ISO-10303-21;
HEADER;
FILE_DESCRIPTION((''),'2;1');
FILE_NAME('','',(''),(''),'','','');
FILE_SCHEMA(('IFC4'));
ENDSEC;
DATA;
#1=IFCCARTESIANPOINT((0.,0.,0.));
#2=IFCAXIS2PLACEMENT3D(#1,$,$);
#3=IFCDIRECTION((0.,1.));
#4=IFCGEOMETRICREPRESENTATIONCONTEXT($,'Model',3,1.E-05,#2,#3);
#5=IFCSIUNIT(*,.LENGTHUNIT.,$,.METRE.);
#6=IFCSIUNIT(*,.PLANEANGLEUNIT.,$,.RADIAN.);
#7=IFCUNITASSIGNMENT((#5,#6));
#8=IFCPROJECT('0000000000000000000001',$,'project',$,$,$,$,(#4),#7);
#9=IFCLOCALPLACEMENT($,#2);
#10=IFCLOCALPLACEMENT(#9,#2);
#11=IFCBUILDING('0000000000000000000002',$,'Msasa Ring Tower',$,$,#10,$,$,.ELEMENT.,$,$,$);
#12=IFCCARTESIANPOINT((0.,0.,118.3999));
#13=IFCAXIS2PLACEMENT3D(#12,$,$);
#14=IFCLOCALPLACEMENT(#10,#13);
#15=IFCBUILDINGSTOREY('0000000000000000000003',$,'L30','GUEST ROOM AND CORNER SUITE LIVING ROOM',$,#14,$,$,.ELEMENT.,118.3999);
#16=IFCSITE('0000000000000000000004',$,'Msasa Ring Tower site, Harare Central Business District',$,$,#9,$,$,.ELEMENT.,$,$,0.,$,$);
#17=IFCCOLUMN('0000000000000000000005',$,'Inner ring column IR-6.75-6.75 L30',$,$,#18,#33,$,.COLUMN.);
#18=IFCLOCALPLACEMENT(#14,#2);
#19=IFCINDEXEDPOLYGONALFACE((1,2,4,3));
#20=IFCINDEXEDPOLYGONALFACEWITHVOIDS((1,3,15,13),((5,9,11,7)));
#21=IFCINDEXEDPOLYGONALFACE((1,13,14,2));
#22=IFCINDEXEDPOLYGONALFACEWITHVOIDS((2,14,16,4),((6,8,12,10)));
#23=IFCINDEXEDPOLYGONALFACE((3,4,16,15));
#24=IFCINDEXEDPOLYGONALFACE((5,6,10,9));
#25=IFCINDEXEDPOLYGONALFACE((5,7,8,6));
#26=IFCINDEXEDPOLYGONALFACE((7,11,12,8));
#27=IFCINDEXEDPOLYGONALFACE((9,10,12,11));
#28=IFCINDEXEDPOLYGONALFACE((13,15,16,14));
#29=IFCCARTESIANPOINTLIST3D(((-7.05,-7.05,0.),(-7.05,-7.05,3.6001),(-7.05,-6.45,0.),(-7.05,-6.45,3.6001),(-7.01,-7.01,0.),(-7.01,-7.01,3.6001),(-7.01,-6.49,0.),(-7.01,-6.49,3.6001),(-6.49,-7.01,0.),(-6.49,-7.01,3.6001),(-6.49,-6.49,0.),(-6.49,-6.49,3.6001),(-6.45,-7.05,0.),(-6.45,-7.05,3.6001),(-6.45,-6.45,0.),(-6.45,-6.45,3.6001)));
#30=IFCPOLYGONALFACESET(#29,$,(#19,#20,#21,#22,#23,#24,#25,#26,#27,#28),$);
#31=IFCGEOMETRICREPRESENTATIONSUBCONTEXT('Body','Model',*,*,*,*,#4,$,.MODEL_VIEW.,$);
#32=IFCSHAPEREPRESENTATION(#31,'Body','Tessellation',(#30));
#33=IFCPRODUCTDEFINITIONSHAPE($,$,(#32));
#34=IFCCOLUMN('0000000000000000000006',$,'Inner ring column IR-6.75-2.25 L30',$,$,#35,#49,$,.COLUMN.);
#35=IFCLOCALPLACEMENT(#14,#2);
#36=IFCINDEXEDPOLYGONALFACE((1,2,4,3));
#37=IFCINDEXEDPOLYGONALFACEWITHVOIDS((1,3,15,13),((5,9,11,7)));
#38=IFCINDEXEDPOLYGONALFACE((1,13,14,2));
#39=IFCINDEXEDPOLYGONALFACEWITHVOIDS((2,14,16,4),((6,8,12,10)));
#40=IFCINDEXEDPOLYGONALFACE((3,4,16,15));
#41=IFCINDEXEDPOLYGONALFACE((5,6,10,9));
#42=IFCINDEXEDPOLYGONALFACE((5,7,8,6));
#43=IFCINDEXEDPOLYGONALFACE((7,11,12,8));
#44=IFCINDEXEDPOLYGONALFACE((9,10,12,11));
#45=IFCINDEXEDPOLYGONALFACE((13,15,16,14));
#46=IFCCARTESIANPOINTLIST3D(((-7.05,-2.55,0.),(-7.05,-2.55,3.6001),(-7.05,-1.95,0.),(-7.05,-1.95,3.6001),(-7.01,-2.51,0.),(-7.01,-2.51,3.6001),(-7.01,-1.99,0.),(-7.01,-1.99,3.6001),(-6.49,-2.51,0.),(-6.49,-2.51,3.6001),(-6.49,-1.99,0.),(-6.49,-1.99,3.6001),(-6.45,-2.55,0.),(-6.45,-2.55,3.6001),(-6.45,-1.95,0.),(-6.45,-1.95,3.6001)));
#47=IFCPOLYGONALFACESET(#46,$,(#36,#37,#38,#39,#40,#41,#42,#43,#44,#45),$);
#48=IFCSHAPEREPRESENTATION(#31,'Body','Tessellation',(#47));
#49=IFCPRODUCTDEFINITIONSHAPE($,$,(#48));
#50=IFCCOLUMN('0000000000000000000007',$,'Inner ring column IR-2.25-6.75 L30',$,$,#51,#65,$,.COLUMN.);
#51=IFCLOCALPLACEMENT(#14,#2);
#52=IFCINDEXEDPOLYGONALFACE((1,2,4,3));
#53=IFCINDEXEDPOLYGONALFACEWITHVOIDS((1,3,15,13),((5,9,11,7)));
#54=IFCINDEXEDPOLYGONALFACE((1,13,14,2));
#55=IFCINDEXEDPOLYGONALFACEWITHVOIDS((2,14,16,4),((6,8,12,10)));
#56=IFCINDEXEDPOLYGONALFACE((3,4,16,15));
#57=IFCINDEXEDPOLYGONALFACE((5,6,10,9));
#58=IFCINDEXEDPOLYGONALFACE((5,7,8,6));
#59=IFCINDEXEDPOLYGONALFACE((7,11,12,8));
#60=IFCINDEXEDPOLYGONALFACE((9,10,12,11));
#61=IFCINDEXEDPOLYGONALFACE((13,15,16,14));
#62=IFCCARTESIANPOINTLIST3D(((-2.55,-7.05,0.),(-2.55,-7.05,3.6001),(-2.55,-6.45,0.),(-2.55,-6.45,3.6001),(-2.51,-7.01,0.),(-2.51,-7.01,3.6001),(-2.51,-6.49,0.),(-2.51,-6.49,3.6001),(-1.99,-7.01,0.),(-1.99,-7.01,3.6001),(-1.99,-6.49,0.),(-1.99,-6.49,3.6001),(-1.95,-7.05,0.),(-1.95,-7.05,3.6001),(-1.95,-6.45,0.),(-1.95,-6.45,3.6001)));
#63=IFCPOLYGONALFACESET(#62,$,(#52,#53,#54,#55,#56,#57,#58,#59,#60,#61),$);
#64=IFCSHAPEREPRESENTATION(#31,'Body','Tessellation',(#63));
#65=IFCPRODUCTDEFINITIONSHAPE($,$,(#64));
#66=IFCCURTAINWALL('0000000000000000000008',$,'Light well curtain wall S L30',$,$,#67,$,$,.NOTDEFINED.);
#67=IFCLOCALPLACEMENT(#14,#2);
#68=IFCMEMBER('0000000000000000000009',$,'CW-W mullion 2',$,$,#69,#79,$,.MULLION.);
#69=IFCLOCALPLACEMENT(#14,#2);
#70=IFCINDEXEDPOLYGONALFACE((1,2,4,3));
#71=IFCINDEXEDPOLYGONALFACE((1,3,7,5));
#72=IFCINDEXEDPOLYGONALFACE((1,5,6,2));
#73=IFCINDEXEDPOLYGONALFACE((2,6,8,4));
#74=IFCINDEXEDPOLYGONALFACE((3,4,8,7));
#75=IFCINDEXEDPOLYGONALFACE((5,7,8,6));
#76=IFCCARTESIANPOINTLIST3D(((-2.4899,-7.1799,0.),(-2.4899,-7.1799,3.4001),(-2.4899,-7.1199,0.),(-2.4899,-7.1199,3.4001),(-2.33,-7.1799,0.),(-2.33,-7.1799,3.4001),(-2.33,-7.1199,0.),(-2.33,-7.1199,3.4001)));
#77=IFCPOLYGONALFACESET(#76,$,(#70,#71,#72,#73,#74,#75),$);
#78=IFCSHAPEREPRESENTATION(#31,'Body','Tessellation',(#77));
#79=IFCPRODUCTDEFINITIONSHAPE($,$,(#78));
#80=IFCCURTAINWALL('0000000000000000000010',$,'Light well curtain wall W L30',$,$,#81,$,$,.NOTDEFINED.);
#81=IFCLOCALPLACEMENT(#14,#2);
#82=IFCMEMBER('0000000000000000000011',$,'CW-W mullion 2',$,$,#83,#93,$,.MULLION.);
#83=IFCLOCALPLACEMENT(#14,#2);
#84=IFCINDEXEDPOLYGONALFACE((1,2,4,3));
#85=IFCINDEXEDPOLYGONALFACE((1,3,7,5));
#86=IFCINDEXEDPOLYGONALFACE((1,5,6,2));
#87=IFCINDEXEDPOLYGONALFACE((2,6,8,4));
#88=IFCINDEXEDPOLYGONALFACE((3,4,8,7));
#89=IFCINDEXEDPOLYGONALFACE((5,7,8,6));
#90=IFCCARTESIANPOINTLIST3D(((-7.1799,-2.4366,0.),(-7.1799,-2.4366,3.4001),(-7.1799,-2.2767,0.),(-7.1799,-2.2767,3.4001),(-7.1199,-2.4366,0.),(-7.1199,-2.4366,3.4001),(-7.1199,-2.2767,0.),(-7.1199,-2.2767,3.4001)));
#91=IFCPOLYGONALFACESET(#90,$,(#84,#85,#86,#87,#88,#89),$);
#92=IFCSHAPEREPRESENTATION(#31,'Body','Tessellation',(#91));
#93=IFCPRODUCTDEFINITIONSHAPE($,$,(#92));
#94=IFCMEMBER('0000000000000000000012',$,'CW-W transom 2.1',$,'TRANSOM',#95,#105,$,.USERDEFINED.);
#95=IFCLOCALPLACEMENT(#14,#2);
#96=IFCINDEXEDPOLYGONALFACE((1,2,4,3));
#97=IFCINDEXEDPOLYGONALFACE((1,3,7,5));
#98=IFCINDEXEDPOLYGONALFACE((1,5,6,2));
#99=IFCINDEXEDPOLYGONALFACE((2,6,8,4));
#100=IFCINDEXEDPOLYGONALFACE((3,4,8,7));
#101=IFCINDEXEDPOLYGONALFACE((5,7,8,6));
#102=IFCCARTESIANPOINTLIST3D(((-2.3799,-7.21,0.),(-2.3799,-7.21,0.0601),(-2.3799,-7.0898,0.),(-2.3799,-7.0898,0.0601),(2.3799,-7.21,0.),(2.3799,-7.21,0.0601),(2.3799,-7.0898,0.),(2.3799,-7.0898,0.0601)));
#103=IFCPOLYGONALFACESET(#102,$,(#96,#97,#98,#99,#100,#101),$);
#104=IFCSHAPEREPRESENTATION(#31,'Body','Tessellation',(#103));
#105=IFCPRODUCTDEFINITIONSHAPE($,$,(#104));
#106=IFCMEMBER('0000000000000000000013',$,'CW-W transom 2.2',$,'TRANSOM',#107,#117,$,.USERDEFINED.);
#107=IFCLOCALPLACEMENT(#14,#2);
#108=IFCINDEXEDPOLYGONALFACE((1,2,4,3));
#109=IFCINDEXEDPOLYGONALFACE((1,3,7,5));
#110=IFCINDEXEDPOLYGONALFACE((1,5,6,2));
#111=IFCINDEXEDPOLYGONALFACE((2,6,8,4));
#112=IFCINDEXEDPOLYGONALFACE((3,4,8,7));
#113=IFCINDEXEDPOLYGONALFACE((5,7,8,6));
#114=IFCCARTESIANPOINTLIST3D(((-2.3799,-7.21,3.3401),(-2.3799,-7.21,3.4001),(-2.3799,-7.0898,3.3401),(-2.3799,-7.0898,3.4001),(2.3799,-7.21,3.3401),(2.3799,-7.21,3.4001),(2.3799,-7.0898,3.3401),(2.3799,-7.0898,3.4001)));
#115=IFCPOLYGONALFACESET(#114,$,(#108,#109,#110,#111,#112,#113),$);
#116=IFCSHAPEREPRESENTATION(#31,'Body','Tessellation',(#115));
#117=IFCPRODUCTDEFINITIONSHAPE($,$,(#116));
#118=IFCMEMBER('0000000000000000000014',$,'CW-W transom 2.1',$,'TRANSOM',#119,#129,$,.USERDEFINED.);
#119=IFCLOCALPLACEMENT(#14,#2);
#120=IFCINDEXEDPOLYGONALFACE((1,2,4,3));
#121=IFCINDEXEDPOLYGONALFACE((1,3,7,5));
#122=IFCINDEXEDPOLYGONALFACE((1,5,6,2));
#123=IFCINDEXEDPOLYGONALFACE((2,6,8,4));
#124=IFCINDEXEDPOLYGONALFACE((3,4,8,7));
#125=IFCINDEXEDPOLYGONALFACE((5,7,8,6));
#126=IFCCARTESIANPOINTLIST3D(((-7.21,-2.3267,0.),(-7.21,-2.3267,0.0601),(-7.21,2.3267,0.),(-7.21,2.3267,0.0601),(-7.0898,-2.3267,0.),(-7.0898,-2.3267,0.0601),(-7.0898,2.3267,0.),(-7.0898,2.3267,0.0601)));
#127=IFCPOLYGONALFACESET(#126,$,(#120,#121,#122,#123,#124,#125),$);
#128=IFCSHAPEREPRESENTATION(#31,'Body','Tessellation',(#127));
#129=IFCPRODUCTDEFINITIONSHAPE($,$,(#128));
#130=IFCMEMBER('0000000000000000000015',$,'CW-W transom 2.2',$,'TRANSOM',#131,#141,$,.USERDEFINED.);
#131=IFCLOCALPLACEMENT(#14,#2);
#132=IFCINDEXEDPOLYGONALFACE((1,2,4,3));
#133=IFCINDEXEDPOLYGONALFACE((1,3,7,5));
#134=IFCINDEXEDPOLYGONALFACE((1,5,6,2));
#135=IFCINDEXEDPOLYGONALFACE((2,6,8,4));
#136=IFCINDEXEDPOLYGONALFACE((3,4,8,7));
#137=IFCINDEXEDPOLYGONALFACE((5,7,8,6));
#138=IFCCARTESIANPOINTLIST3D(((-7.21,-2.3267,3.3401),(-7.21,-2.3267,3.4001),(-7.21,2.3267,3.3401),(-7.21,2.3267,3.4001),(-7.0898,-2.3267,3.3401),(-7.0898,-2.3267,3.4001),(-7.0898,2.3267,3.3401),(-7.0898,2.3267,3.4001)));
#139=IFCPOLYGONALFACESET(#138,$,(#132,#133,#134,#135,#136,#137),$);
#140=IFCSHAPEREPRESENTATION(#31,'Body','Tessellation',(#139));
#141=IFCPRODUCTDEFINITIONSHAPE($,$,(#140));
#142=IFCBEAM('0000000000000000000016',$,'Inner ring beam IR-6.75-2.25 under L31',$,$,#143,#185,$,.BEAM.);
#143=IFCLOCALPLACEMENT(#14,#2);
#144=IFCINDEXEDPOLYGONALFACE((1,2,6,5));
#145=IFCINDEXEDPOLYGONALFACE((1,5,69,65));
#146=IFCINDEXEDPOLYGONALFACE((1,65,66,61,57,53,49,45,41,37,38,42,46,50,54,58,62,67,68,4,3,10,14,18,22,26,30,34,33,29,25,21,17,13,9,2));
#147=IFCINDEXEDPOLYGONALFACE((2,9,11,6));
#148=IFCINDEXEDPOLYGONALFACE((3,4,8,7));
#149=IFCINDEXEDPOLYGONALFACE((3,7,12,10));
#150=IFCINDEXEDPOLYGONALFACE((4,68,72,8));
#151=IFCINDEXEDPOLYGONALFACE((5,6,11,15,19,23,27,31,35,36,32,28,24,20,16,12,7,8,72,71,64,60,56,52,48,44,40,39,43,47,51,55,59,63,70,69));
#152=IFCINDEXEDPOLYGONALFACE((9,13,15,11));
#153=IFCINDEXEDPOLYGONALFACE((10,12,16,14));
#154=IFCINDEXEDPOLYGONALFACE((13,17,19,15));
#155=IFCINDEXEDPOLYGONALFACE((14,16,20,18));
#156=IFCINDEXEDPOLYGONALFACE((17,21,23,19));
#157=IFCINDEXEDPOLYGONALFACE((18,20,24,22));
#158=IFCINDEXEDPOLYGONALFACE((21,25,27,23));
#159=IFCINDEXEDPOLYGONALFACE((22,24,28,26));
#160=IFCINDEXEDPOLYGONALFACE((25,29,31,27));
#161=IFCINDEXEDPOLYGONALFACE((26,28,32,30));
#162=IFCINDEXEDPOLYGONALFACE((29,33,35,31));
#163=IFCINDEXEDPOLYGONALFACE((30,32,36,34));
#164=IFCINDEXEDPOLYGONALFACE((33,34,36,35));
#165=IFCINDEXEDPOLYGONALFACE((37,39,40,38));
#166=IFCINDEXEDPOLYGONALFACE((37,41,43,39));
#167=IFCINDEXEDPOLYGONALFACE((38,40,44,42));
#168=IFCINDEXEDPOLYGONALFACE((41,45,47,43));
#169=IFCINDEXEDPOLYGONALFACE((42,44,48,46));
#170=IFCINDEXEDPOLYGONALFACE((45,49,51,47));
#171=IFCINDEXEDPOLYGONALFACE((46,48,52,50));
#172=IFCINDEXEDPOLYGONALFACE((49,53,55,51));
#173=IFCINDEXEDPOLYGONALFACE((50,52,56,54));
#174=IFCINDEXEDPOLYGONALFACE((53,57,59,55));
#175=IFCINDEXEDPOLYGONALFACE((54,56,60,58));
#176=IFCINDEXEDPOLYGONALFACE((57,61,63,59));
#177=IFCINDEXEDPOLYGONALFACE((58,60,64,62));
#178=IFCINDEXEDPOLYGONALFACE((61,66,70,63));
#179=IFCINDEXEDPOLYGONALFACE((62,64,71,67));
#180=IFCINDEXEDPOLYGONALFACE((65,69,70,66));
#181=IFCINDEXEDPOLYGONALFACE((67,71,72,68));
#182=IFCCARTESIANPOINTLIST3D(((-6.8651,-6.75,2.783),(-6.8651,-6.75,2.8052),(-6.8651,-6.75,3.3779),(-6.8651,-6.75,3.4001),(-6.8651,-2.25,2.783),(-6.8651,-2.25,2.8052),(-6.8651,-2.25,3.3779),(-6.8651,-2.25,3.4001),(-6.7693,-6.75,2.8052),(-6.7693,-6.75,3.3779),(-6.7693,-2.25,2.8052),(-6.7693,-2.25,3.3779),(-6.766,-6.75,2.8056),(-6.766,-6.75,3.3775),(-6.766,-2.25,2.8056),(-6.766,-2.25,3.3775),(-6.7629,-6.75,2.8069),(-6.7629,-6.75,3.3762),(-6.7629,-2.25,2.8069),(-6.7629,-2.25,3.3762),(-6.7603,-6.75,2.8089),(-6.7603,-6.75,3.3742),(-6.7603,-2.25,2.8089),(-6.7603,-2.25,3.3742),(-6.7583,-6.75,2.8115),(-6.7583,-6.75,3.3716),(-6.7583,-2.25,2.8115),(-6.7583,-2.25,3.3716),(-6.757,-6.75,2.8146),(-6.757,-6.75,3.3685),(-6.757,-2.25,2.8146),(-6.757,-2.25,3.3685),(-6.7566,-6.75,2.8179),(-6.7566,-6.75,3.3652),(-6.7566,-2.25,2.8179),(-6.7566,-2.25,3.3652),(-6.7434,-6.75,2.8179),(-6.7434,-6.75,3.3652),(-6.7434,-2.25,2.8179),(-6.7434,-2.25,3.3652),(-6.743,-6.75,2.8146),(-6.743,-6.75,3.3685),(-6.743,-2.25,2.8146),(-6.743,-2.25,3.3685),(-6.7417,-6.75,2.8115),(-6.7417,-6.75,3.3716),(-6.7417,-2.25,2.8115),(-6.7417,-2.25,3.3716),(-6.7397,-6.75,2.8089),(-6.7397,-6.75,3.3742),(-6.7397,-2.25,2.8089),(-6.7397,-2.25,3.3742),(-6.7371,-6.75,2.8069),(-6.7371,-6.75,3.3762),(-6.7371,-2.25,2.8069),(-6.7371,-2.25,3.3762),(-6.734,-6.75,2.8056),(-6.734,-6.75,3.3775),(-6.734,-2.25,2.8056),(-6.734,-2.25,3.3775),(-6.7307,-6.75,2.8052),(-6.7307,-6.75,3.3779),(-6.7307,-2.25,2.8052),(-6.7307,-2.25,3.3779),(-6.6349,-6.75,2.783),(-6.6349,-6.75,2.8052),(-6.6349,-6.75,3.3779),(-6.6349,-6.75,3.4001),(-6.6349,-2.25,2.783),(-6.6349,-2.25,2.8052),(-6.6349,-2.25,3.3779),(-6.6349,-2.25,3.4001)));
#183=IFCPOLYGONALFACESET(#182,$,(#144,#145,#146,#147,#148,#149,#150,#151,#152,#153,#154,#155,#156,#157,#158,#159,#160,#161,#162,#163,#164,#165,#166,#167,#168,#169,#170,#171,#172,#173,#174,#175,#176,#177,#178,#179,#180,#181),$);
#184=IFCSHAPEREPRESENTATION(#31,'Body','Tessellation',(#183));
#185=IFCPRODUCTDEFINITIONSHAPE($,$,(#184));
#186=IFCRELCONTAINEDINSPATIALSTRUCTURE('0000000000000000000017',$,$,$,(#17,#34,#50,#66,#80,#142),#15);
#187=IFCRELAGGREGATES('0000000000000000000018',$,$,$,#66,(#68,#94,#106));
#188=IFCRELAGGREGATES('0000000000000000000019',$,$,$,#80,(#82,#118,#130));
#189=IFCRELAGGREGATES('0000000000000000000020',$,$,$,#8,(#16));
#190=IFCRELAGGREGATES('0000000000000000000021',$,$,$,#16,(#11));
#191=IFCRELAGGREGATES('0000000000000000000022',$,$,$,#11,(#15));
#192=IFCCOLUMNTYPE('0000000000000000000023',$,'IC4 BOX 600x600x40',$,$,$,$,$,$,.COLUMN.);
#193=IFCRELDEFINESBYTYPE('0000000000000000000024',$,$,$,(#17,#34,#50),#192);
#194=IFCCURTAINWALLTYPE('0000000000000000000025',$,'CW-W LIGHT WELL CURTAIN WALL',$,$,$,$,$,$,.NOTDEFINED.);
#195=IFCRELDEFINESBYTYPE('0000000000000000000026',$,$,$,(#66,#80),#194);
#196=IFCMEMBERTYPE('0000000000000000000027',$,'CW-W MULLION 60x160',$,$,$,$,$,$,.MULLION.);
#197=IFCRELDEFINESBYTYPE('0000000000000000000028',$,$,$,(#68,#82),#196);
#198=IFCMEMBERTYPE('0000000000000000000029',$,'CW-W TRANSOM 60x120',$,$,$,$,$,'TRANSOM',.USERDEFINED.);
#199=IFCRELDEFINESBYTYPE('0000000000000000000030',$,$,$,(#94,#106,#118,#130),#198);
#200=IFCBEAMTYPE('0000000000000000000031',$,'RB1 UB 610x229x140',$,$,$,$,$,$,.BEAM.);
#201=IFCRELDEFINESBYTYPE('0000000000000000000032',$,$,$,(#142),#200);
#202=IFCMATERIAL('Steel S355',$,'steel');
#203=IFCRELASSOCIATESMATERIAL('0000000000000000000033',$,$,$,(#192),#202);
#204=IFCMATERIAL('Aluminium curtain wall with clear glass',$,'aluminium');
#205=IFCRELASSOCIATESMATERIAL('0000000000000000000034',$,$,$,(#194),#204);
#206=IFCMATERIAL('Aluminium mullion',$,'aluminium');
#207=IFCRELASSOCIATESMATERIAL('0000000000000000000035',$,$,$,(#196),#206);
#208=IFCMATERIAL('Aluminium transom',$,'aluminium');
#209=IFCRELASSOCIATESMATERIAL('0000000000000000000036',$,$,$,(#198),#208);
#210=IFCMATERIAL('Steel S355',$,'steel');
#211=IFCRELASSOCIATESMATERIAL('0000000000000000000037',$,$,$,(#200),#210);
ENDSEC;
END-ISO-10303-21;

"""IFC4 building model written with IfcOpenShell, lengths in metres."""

from ifc_helpers import new_model, si_unit, direction, frame, origin, origin_2d, place, context, subcontext, project, spatial, rectangle, hollow_rectangle, i_section, extrude, material, material_profile, profile_set, type_object, element, aggregate, save


model = new_model("IFC4")

# Units and contexts
model_context = context("Model", 3, precision=1e-05, world=origin(), true_north=direction((0.0, 1.0)))
body_context = subcontext(model_context, "Body", "Model", "MODEL_VIEW")
ifc_project = project(units=[si_unit("LENGTHUNIT", "METRE"), si_unit("PLANEANGLEUNIT", "RADIAN")], contexts=[model_context])

# Site, building, storey
site_placement = place(None, origin())
site = spatial("IfcSite", under=ifc_project, at=site_placement, Name="Msasa Ring Tower site, Harare Central Business District", CompositionType="ELEMENT", RefElevation=0.0)
building_placement = place(site_placement, origin())
building = spatial("IfcBuilding", under=site, at=building_placement, Name="Msasa Ring Tower", CompositionType="ELEMENT")
storey_placement = place(building_placement, frame((0.0, 0.0, 118.3999)))
storey = spatial("IfcBuildingStorey", under=building, at=storey_placement, Name="L30", Description="GUEST ROOM AND CORNER SUITE LIVING ROOM", CompositionType="ELEMENT", Elevation=118.3999)

# Columns
ifc_material_1 = material(Name="Steel S355", Category="steel")
ifc_material_profile_1 = material_profile(ifc_material_1, hollow_rectangle(XDim=0.6001, YDim=0.6001, WallThickness=0.04, at=origin_2d()), Name="BOX 600x600x40")
ifc_profile_set_1 = profile_set([ifc_material_profile_1], Name="Steel S355")
column_type = type_object("IfcColumnType", Name="IC4 BOX 600x600x40", PredefinedType="COLUMN", material=ifc_profile_set_1)
for number, where, z_axis, x_axis, name in (
    (1, (-6.75, -6.75, 0.0), (0.0, 0.0, 1.0), (1.0, 0.0, 0.0), "Inner ring column IR-6.75-6.75 L30"),
    (2, (-6.75, -2.25, 0.0), (0.0, 0.0, 1.0), (1.0, 0.0, 0.0), "Inner ring column IR-6.75-2.25 L30"),
    (3, (-2.25, -6.75, 0.0), (0.0, 0.0, 1.0), (1.0, 0.0, 0.0), "Inner ring column IR-2.25-6.75 L30"),
):
    element("IfcColumn", number, at=place(storey_placement, frame(where, z_axis=z_axis, x_axis=x_axis)), inside=storey, type_object=column_type, Name=name, PredefinedType="COLUMN", context=body_context, shape_type="SweptSolid", body=[
        extrude(hollow_rectangle(XDim=0.6001, YDim=0.6001, WallThickness=0.04, at=origin_2d()), origin(), (0.0, 0.0, 1.0), 3.6001),
    ])

# Curtain walls, members
ifc_material_2 = material(Name="Aluminium curtain wall with clear glass", Category="aluminium")
curtain_wall_type = type_object("IfcCurtainWallType", Name="CW-W LIGHT WELL CURTAIN WALL", PredefinedType="NOTDEFINED", material=ifc_material_2)
curtain_wall_1_placement = place(storey_placement, origin())
curtain_wall_1 = element("IfcCurtainWall", 4, at=curtain_wall_1_placement, inside=storey, type_object=curtain_wall_type, Name="Light well curtain wall S L30", PredefinedType="NOTDEFINED")
ifc_material_3 = material(Name="Aluminium mullion", Category="aluminium")
ifc_material_profile_2 = material_profile(ifc_material_3, rectangle(XDim=0.0601, YDim=0.1599, at=origin_2d()), Name="AL 60x160")
ifc_profile_set_2 = profile_set([ifc_material_profile_2], Name="Aluminium mullion")
member_type_1 = type_object("IfcMemberType", Name="CW-W MULLION 60x160", PredefinedType="MULLION", material=ifc_profile_set_2)
member_1_placement = place(storey_placement, frame((-2.4099, -7.1499, 0.0), z_axis=(0.0, 0.0, 1.0), x_axis=(0.0, 1.0, 0.0)))
member_1 = element("IfcMember", 5, at=member_1_placement, type_object=member_type_1, Name="CW-W mullion 2", PredefinedType="MULLION", context=body_context, shape_type="SweptSolid", body=[
    extrude(rectangle(XDim=0.0601, YDim=0.1599, at=origin_2d()), origin(), (0.0, 0.0, 1.0), 3.4001),
])
curtain_wall_2_placement = place(storey_placement, origin())
curtain_wall_2 = element("IfcCurtainWall", 6, at=curtain_wall_2_placement, inside=storey, type_object=curtain_wall_type, Name="Light well curtain wall W L30", PredefinedType="NOTDEFINED")
member_2_placement = place(storey_placement, frame((-7.1499, -2.3567, 0.0), z_axis=(0.0, 0.0, 1.0), x_axis=(-1.0, 0.0, 0.0)))
member_2 = element("IfcMember", 7, at=member_2_placement, type_object=member_type_1, Name="CW-W mullion 2", PredefinedType="MULLION", context=body_context, shape_type="SweptSolid", body=[
    extrude(rectangle(XDim=0.0601, YDim=0.1599, at=origin_2d()), origin(), (0.0, 0.0, 1.0), 3.4001),
])

# Members
ifc_material_4 = material(Name="Aluminium transom", Category="aluminium")
ifc_material_profile_3 = material_profile(ifc_material_4, rectangle(XDim=0.1201, YDim=0.0601, at=origin_2d()), Name="AL 60x120")
ifc_profile_set_3 = profile_set([ifc_material_profile_3], Name="Aluminium transom")
member_type_2 = type_object("IfcMemberType", Name="CW-W TRANSOM 60x120", ElementType="TRANSOM", PredefinedType="USERDEFINED", material=ifc_profile_set_3)
member_3_placement = place(storey_placement, frame((-2.3799, -7.1499, 0.03), z_axis=(1.0, 0.0, 0.0), x_axis=(0.0, 1.0, 0.0)))
member_3 = element("IfcMember", 8, at=member_3_placement, type_object=member_type_2, Name="CW-W transom 2.1", ObjectType="TRANSOM", PredefinedType="USERDEFINED", context=body_context, shape_type="SweptSolid", body=[
    extrude(rectangle(XDim=0.1201, YDim=0.0601, at=origin_2d()), origin(), (0.0, 0.0, 1.0), 4.7598),
])
member_4_placement = place(storey_placement, frame((-2.3799, -7.1499, 3.3701), z_axis=(1.0, 0.0, 0.0), x_axis=(0.0, 1.0, 0.0)))
member_4 = element("IfcMember", 9, at=member_4_placement, type_object=member_type_2, Name="CW-W transom 2.2", ObjectType="TRANSOM", PredefinedType="USERDEFINED", context=body_context, shape_type="SweptSolid", body=[
    extrude(rectangle(XDim=0.1201, YDim=0.0601, at=origin_2d()), origin(), (0.0, 0.0, 1.0), 4.7598),
])
aggregate(curtain_wall_1, [member_1, member_3, member_4])
member_5_placement = place(storey_placement, frame((-7.1499, -2.3267, 0.03), z_axis=(0.0, 1.0, 0.0), x_axis=(-1.0, 0.0, 0.0)))
member_5 = element("IfcMember", 10, at=member_5_placement, type_object=member_type_2, Name="CW-W transom 2.1", ObjectType="TRANSOM", PredefinedType="USERDEFINED", context=body_context, shape_type="SweptSolid", body=[
    extrude(rectangle(XDim=0.1201, YDim=0.0601, at=origin_2d()), origin(), (0.0, 0.0, 1.0), 4.6533),
])
member_6_placement = place(storey_placement, frame((-7.1499, -2.3267, 3.3701), z_axis=(0.0, 1.0, 0.0), x_axis=(-1.0, 0.0, 0.0)))
member_6 = element("IfcMember", 11, at=member_6_placement, type_object=member_type_2, Name="CW-W transom 2.2", ObjectType="TRANSOM", PredefinedType="USERDEFINED", context=body_context, shape_type="SweptSolid", body=[
    extrude(rectangle(XDim=0.1201, YDim=0.0601, at=origin_2d()), origin(), (0.0, 0.0, 1.0), 4.6533),
])

# Beam
ifc_material_5 = material(Name="Steel S355", Category="steel")
ifc_material_profile_4 = material_profile(ifc_material_5, i_section(OverallWidth=0.2302, OverallDepth=0.6172, WebThickness=0.0132, FlangeThickness=0.0222, FilletRadius=0.0127, at=origin_2d()), Name="UB 610x229x140")
ifc_profile_set_4 = profile_set([ifc_material_profile_4], Name="Steel S355")
beam_type = type_object("IfcBeamType", Name="RB1 UB 610x229x140", PredefinedType="BEAM", material=ifc_profile_set_4)
for number, where, z_axis, x_axis, name in (
    (12, (-6.75, -2.25, 3.0916), (0.0, -1.0, 0.0), (1.0, 0.0, 0.0), "Inner ring beam IR-6.75-2.25 under L31"),
):
    element("IfcBeam", number, at=place(storey_placement, frame(where, z_axis=z_axis, x_axis=x_axis)), inside=storey, type_object=beam_type, Name=name, PredefinedType="BEAM", context=body_context, shape_type="SweptSolid", body=[
        extrude(i_section(OverallWidth=0.2302, OverallDepth=0.6172, WebThickness=0.0132, FlangeThickness=0.0222, FilletRadius=0.0127, at=origin_2d()), origin(), (0.0, 0.0, 1.0), 4.5),
    ])

aggregate(curtain_wall_2, [member_2, member_5, member_6])

save(model, "model.ifc")
